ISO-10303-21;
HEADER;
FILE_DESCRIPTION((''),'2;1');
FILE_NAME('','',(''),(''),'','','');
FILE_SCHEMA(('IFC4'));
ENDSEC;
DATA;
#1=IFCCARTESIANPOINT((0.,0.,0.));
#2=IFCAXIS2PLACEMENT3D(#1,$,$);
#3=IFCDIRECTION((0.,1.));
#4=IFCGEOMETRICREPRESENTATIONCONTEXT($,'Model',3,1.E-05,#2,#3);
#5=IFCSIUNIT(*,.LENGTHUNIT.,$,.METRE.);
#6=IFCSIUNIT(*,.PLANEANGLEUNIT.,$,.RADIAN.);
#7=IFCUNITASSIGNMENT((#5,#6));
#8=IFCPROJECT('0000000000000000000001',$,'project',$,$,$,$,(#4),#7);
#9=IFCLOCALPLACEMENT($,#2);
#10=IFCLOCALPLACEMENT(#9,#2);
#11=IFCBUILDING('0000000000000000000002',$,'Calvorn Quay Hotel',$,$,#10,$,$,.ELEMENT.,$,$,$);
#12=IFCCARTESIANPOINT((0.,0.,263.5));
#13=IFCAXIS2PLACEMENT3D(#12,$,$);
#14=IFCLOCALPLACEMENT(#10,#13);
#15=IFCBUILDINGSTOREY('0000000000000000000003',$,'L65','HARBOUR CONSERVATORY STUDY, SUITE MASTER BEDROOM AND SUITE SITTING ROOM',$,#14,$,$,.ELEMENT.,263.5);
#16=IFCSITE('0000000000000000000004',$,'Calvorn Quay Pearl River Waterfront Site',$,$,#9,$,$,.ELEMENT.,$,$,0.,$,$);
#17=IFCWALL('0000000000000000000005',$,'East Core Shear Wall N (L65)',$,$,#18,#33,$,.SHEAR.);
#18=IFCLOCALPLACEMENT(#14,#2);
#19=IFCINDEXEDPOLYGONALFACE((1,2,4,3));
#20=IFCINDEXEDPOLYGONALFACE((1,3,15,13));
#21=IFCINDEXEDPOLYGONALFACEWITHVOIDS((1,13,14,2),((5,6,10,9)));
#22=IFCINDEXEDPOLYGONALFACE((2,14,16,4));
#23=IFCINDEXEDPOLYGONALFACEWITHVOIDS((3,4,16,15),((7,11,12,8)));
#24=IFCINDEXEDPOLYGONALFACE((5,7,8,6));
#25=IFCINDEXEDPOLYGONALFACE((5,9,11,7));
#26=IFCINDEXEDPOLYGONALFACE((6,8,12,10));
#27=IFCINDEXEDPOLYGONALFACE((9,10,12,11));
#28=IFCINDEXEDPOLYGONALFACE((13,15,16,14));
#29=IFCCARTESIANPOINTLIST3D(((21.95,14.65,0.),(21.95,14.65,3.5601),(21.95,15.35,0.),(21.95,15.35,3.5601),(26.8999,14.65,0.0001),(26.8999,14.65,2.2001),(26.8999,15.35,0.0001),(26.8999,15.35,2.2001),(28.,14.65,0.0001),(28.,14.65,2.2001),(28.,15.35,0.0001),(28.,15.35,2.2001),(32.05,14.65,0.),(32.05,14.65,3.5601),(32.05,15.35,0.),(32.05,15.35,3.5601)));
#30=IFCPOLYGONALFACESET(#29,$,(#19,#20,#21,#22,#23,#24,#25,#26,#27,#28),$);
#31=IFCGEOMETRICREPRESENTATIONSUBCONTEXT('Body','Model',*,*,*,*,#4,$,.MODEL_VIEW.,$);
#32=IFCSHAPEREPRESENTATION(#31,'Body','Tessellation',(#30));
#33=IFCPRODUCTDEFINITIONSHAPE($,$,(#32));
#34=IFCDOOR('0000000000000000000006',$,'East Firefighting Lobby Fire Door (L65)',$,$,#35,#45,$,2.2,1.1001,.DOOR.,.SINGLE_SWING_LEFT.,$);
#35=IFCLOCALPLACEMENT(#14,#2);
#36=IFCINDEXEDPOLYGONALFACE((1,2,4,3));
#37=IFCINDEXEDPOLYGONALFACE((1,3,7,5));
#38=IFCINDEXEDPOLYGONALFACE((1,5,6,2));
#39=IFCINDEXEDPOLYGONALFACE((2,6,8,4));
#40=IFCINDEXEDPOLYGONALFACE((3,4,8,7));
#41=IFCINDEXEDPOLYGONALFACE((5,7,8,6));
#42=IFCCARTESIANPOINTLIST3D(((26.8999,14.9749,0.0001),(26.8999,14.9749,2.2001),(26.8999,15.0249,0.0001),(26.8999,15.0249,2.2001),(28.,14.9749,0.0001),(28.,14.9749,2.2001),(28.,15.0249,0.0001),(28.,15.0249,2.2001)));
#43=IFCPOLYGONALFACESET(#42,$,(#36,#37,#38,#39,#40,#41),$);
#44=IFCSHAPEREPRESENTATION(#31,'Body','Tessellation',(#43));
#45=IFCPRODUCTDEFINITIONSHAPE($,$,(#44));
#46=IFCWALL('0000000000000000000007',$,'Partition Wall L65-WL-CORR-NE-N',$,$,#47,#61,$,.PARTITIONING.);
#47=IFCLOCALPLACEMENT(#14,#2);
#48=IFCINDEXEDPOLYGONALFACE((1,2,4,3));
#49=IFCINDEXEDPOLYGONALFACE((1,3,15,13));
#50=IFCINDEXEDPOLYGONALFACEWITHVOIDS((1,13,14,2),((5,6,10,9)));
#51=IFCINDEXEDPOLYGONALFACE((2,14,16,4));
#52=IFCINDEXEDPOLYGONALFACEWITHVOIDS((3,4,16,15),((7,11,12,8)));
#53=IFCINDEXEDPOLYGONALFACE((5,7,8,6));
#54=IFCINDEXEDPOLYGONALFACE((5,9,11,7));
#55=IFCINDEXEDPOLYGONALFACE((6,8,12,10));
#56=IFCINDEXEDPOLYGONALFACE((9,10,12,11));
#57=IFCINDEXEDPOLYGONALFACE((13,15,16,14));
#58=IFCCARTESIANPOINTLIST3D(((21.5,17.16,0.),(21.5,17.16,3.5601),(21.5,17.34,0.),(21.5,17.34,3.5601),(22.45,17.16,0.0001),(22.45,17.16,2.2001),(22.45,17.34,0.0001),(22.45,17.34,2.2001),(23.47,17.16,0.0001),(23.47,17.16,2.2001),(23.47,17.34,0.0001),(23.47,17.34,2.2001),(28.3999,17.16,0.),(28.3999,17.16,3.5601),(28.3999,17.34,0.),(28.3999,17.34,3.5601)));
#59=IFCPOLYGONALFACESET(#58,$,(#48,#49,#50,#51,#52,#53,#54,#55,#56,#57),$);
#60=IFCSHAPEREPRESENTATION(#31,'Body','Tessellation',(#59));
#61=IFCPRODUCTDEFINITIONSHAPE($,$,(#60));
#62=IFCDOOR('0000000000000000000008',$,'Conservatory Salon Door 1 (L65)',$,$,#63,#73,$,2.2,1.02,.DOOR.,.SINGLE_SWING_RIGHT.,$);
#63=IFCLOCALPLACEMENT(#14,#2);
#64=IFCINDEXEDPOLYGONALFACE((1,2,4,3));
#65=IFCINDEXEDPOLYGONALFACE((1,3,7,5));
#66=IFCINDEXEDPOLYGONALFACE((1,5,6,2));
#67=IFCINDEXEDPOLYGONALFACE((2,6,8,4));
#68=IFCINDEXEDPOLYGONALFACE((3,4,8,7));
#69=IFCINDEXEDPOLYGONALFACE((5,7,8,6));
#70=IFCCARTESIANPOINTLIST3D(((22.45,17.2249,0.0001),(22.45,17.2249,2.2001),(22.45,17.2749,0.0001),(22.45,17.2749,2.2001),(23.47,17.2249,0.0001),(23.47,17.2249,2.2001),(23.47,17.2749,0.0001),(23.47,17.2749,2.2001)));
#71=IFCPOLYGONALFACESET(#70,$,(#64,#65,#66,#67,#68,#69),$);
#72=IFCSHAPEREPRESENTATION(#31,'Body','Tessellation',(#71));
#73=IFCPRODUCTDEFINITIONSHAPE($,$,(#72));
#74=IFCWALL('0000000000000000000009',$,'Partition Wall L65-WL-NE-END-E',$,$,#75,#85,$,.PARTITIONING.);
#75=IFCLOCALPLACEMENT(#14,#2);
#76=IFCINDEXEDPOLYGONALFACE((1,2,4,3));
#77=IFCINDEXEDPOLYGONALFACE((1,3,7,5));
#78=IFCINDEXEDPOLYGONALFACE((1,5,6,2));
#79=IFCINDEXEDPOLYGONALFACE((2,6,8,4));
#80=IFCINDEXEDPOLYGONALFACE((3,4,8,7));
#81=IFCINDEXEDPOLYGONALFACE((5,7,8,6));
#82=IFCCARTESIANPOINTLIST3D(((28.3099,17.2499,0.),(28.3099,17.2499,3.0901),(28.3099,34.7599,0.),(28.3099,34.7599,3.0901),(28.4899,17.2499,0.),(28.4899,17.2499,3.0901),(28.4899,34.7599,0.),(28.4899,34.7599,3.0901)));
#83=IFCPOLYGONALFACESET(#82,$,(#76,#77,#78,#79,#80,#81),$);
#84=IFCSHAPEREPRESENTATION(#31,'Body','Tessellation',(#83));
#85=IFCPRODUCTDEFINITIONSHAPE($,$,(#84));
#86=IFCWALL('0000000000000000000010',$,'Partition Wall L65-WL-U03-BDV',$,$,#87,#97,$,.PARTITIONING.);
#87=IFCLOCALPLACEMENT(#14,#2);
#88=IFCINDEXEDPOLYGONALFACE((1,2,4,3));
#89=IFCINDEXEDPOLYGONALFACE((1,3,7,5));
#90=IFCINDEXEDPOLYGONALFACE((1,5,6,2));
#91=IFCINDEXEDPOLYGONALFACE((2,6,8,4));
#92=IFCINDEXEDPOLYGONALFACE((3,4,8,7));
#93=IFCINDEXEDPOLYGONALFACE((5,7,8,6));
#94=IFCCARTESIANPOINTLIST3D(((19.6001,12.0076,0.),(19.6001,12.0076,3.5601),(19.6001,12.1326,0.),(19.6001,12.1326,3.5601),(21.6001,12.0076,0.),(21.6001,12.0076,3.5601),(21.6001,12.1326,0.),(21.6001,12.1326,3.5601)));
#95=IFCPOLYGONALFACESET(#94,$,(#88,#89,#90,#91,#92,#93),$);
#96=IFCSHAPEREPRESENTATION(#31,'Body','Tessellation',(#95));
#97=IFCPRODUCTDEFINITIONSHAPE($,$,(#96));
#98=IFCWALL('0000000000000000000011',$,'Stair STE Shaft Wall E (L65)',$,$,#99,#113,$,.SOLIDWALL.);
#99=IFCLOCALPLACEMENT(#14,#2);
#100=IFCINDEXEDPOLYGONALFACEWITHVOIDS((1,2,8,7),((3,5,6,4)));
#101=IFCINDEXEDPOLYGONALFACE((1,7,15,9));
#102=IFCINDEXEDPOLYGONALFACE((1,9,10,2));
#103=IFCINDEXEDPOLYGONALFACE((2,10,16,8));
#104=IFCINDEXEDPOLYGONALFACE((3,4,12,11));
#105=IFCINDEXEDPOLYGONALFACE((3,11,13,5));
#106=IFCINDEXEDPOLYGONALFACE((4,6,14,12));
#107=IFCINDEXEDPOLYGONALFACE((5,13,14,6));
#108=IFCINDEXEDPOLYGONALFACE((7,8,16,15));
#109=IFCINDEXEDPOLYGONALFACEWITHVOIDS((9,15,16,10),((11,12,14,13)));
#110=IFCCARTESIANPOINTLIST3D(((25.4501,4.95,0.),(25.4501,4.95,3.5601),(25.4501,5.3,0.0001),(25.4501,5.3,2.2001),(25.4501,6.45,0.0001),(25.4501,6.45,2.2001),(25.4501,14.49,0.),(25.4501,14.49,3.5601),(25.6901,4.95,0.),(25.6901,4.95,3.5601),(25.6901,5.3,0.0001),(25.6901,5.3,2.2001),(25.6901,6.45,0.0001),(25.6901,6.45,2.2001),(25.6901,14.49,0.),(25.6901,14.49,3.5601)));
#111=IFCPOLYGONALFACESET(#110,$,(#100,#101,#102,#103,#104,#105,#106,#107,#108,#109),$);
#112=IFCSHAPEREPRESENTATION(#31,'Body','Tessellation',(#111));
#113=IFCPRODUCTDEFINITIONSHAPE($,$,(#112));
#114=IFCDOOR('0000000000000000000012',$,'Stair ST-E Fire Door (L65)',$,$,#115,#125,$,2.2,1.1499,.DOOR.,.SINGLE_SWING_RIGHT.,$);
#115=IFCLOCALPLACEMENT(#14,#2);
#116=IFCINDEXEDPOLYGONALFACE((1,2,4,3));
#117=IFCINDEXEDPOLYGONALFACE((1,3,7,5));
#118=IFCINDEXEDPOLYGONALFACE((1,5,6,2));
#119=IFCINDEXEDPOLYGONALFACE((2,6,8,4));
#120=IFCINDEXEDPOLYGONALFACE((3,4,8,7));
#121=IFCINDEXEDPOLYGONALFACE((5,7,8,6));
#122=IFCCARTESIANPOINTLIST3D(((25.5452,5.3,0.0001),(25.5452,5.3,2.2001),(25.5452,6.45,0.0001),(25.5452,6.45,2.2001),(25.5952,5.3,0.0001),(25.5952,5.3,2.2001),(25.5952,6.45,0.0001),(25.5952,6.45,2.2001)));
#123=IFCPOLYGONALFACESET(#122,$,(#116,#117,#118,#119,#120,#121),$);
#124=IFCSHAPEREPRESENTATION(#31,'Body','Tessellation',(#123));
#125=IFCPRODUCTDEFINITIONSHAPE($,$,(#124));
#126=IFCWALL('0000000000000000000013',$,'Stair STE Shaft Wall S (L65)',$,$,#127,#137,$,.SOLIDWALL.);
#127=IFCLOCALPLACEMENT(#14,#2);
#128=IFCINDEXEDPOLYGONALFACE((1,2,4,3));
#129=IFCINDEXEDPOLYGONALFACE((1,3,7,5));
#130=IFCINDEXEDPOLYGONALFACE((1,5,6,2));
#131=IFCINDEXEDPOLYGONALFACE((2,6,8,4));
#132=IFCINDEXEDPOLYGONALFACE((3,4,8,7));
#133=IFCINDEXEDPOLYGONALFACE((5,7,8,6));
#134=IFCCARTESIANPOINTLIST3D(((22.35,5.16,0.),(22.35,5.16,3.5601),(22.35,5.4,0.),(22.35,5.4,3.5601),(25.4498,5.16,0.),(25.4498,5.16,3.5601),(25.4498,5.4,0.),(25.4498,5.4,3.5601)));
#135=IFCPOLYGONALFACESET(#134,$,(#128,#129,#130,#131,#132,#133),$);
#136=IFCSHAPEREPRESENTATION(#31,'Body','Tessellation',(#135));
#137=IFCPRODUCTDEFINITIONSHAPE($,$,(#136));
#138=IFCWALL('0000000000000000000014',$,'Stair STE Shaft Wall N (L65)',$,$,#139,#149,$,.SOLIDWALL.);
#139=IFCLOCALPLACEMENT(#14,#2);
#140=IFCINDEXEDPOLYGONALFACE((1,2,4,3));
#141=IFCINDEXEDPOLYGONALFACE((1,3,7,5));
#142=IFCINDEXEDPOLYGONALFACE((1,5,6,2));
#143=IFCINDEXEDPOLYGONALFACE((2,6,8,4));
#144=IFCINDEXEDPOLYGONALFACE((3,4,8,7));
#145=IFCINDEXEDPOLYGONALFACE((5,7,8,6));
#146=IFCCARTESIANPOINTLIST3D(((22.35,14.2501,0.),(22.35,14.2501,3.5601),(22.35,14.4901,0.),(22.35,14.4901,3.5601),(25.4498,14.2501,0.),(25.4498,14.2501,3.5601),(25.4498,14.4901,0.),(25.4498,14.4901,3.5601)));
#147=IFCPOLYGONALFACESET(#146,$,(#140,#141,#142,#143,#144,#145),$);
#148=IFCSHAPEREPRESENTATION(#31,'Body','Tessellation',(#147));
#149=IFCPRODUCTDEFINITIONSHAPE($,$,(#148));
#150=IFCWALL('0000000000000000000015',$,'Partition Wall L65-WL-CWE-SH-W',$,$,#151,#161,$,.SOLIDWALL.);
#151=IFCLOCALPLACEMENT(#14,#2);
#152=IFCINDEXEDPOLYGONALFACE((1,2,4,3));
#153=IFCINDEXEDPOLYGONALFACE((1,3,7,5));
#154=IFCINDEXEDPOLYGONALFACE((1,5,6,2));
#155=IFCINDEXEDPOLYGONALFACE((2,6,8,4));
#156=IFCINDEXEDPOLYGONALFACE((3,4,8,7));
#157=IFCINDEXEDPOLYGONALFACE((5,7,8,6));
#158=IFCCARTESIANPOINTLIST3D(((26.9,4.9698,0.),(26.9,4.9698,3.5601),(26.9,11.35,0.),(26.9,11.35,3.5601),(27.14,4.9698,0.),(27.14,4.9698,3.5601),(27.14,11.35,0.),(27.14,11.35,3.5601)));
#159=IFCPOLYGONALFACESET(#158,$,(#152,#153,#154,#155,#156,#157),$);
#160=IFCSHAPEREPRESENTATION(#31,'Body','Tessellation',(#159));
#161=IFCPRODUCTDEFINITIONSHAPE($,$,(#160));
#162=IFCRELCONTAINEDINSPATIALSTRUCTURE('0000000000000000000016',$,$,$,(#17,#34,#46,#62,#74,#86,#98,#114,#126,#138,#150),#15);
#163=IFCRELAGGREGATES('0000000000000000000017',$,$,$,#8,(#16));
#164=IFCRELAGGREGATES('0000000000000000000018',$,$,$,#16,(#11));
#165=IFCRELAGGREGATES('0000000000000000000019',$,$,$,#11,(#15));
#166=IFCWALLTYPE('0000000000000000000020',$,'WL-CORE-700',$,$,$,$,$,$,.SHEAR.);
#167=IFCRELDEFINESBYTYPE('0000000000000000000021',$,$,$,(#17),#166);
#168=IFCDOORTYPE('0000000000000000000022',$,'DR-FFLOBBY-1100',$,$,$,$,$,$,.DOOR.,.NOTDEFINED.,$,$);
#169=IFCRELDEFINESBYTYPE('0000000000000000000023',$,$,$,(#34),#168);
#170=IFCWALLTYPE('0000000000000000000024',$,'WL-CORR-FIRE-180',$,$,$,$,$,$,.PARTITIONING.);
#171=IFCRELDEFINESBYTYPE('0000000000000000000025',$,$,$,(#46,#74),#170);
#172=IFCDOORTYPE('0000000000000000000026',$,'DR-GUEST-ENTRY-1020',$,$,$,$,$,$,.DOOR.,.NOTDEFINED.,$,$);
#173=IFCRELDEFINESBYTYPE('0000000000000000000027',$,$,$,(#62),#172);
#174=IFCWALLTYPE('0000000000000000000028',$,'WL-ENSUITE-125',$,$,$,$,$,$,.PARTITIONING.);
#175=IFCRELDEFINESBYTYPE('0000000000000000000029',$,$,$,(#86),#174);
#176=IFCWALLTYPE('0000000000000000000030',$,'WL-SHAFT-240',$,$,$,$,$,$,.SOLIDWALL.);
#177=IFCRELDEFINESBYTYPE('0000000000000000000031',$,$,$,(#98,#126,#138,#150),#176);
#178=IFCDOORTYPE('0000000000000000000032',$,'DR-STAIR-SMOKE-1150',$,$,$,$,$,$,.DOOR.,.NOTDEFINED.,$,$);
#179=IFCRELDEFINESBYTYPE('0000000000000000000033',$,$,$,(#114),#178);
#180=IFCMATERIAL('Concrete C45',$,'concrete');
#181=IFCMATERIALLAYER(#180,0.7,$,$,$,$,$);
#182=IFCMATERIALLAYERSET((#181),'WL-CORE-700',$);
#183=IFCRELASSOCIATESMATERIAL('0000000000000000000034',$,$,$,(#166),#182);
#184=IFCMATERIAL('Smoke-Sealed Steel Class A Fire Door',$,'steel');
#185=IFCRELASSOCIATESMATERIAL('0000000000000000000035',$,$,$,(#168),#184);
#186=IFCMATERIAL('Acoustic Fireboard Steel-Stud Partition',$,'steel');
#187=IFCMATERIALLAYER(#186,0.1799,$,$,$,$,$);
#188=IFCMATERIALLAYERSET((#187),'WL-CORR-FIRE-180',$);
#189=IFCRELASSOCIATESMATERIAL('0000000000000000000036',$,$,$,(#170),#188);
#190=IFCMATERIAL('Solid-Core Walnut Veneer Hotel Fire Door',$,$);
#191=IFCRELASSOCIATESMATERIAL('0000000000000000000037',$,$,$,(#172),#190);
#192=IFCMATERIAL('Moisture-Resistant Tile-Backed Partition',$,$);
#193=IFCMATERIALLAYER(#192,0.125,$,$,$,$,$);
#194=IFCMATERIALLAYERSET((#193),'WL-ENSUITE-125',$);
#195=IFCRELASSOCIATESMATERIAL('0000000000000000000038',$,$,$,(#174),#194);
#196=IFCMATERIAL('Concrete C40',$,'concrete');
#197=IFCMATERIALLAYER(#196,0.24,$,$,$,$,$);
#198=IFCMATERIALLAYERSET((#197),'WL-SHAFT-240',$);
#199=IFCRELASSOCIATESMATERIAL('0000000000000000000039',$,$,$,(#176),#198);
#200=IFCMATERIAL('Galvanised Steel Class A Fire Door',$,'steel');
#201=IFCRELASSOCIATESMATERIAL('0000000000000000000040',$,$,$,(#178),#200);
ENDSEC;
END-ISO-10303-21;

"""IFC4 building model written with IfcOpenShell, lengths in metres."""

from ifc_helpers import new_model, si_unit, direction, frame, frame_2d, origin, place, context, subcontext, project, spatial, rectangle, extrude, material, layer, layer_set, type_object, element, fill, save


model = new_model("IFC4")

# Units and contexts
model_context = context("Model", 3, precision=1e-05, world=origin(), true_north=direction((0.0, 1.0)))
body_context = subcontext(model_context, "Body", "Model", "MODEL_VIEW")
ifc_project = project(units=[si_unit("LENGTHUNIT", "METRE"), si_unit("PLANEANGLEUNIT", "RADIAN")], contexts=[model_context])

# Site, building, storey
site_placement = place(None, origin())
site = spatial("IfcSite", under=ifc_project, at=site_placement, Name="Calvorn Quay Pearl River Waterfront Site", CompositionType="ELEMENT", RefElevation=0.0)
building_placement = place(site_placement, origin())
building = spatial("IfcBuilding", under=site, at=building_placement, Name="Calvorn Quay Hotel", CompositionType="ELEMENT")
storey_placement = place(building_placement, frame((0.0, 0.0, 263.5)))
storey = spatial("IfcBuildingStorey", under=building, at=storey_placement, Name="L65", Description="HARBOUR CONSERVATORY STUDY, SUITE MASTER BEDROOM AND SUITE SITTING ROOM", CompositionType="ELEMENT", Elevation=263.5)

# Walls, openings, doors
ifc_material_1 = material(Name="Concrete C45", Category="concrete")
ifc_layer_1 = layer(ifc_material_1, 0.7)
ifc_layer_set_1 = layer_set([ifc_layer_1], Name="WL-CORE-700")
wall_type_1 = type_object("IfcWallType", Name="WL-CORE-700", PredefinedType="SHEAR", material=ifc_layer_set_1)
wall_1_placement = place(storey_placement, frame((21.95, 15.0, 0.0), z_axis=(0.0, 0.0, 1.0), x_axis=(1.0, 0.0, 0.0)))
wall_1 = element("IfcWall", 1, at=wall_1_placement, inside=storey, type_object=wall_type_1, Name="East Core Shear Wall N (L65)", PredefinedType="SHEAR", context=body_context, shape_type="SweptSolid", body=[
    extrude(rectangle(XDim=10.1001, YDim=0.7, at=frame_2d((5.05, 0.0))), origin(), (0.0, 0.0, 1.0), 3.5601),
])
opening_1_placement = place(wall_1_placement, frame((4.95, 0.0, 0.0)))
opening_1 = element("IfcOpeningElement", 2, at=opening_1_placement, cuts=wall_1, PredefinedType="OPENING", context=body_context, shape_type="SweptSolid", body=[
    extrude(rectangle(XDim=1.1001, YDim=2.2, at=frame_2d((0.55, 1.1001))), frame((0.0, 0.3599, 0.0), z_axis=(0.0, -1.0, 0.0), x_axis=(1.0, 0.0, 0.0)), (0.0, 0.0, 1.0), 0.72),
])
ifc_material_2 = material(Name="Smoke-Sealed Steel Class A Fire Door", Category="steel")
door_type_1 = type_object("IfcDoorType", Name="DR-FFLOBBY-1100", OperationType="NOTDEFINED", PredefinedType="DOOR", material=ifc_material_2)
door_1_placement = place(opening_1_placement, origin())
door_1 = element("IfcDoor", 3, at=door_1_placement, inside=storey, type_object=door_type_1, Name="East Firefighting Lobby Fire Door (L65)", OperationType="SINGLE_SWING_LEFT", OverallHeight=2.2, OverallWidth=1.1001, PredefinedType="DOOR", context=body_context, shape_type="SweptSolid", body=[
    extrude(rectangle(XDim=1.1001, YDim=2.2, at=frame_2d((0.55, 1.1001))), frame((0.0, 0.0249, 0.0), z_axis=(0.0, -1.0, 0.0), x_axis=(1.0, 0.0, 0.0)), (0.0, 0.0, 1.0), 0.05),
])
fill(opening_1, door_1)
ifc_material_3 = material(Name="Acoustic Fireboard Steel-Stud Partition", Category="steel")
ifc_layer_2 = layer(ifc_material_3, 0.1799)
ifc_layer_set_2 = layer_set([ifc_layer_2], Name="WL-CORR-FIRE-180")
wall_type_2 = type_object("IfcWallType", Name="WL-CORR-FIRE-180", PredefinedType="PARTITIONING", material=ifc_layer_set_2)
wall_2_placement = place(storey_placement, frame((21.5, 17.25, 0.0), z_axis=(0.0, 0.0, 1.0), x_axis=(1.0, 0.0, 0.0)))
wall_2 = element("IfcWall", 4, at=wall_2_placement, inside=storey, type_object=wall_type_2, Name="Partition Wall L65-WL-CORR-NE-N", PredefinedType="PARTITIONING", context=body_context, shape_type="SweptSolid", body=[
    extrude(rectangle(XDim=6.8999, YDim=0.1799, at=frame_2d((3.45, 0.0))), origin(), (0.0, 0.0, 1.0), 3.5601),
])
opening_2_placement = place(wall_2_placement, frame((0.95, 0.0, 0.0)))
opening_2 = element("IfcOpeningElement", 5, at=opening_2_placement, cuts=wall_2, PredefinedType="OPENING", context=body_context, shape_type="SweptSolid", body=[
    extrude(rectangle(XDim=1.02, YDim=2.2, at=frame_2d((0.51, 1.1001))), frame((0.0, 0.0999, 0.0), z_axis=(0.0, -1.0, 0.0), x_axis=(1.0, 0.0, 0.0)), (0.0, 0.0, 1.0), 0.2),
])
ifc_material_4 = material(Name="Solid-Core Walnut Veneer Hotel Fire Door")
door_type_2 = type_object("IfcDoorType", Name="DR-GUEST-ENTRY-1020", OperationType="NOTDEFINED", PredefinedType="DOOR", material=ifc_material_4)
door_2_placement = place(opening_2_placement, origin())
door_2 = element("IfcDoor", 6, at=door_2_placement, inside=storey, type_object=door_type_2, Name="Conservatory Salon Door 1 (L65)", OperationType="SINGLE_SWING_RIGHT", OverallHeight=2.2, OverallWidth=1.02, PredefinedType="DOOR", context=body_context, shape_type="SweptSolid", body=[
    extrude(rectangle(XDim=1.02, YDim=2.2, at=frame_2d((0.51, 1.1001))), frame((0.0, 0.0249, 0.0), z_axis=(0.0, -1.0, 0.0), x_axis=(1.0, 0.0, 0.0)), (0.0, 0.0, 1.0), 0.05),
])
fill(opening_2, door_2)

# Walls
wall_3_placement = place(storey_placement, frame((28.3999, 17.25, 0.0), z_axis=(0.0, 0.0, 1.0), x_axis=(0.0, 1.0, 0.0)))
element("IfcWall", 7, at=wall_3_placement, inside=storey, type_object=wall_type_2, Name="Partition Wall L65-WL-NE-END-E", PredefinedType="PARTITIONING", context=body_context, shape_type="SweptSolid", body=[
    extrude(rectangle(XDim=17.51, YDim=0.1799, at=frame_2d((8.7549, 0.0))), origin(), (0.0, 0.0, 1.0), 3.0901),
])
ifc_material_5 = material(Name="Moisture-Resistant Tile-Backed Partition")
ifc_layer_3 = layer(ifc_material_5, 0.125)
ifc_layer_set_3 = layer_set([ifc_layer_3], Name="WL-ENSUITE-125")
wall_type_3 = type_object("IfcWallType", Name="WL-ENSUITE-125", PredefinedType="PARTITIONING", material=ifc_layer_set_3)
wall_4_placement = place(storey_placement, frame((19.6001, 12.0701, 0.0), z_axis=(0.0, 0.0, 1.0), x_axis=(1.0, 0.0, 0.0)))
element("IfcWall", 8, at=wall_4_placement, inside=storey, type_object=wall_type_3, Name="Partition Wall L65-WL-U03-BDV", PredefinedType="PARTITIONING", context=body_context, shape_type="SweptSolid", body=[
    extrude(rectangle(XDim=2.0, YDim=0.125, at=frame_2d((1.0, 0.0))), origin(), (0.0, 0.0, 1.0), 3.5601),
])

# Wall, opening, door
ifc_material_6 = material(Name="Concrete C40", Category="concrete")
ifc_layer_4 = layer(ifc_material_6, 0.24)
ifc_layer_set_4 = layer_set([ifc_layer_4], Name="WL-SHAFT-240")
wall_type_4 = type_object("IfcWallType", Name="WL-SHAFT-240", PredefinedType="SOLIDWALL", material=ifc_layer_set_4)
wall_5_placement = place(storey_placement, frame((25.5701, 4.95, 0.0), z_axis=(0.0, 0.0, 1.0), x_axis=(0.0, 1.0, 0.0)))
wall_5 = element("IfcWall", 9, at=wall_5_placement, inside=storey, type_object=wall_type_4, Name="Stair STE Shaft Wall E (L65)", PredefinedType="SOLIDWALL", context=body_context, shape_type="SweptSolid", body=[
    extrude(rectangle(XDim=9.54, YDim=0.24, at=frame_2d((4.77, 0.0))), origin(), (0.0, 0.0, 1.0), 3.5601),
])
opening_3_placement = place(wall_5_placement, frame((0.3501, 0.0, 0.0)))
opening_3 = element("IfcOpeningElement", 10, at=opening_3_placement, cuts=wall_5, PredefinedType="OPENING", context=body_context, shape_type="SweptSolid", body=[
    extrude(rectangle(XDim=1.1499, YDim=2.2, at=frame_2d((0.575, 1.1001))), frame((0.0, 0.1299, 0.0), z_axis=(0.0, -1.0, 0.0), x_axis=(1.0, 0.0, 0.0)), (0.0, 0.0, 1.0), 0.26),
])
ifc_material_7 = material(Name="Galvanised Steel Class A Fire Door", Category="steel")
door_type_3 = type_object("IfcDoorType", Name="DR-STAIR-SMOKE-1150", OperationType="NOTDEFINED", PredefinedType="DOOR", material=ifc_material_7)
door_3_placement = place(opening_3_placement, origin())
door_3 = element("IfcDoor", 11, at=door_3_placement, inside=storey, type_object=door_type_3, Name="Stair ST-E Fire Door (L65)", OperationType="SINGLE_SWING_RIGHT", OverallHeight=2.2, OverallWidth=1.1499, PredefinedType="DOOR", context=body_context, shape_type="SweptSolid", body=[
    extrude(rectangle(XDim=1.1499, YDim=2.2, at=frame_2d((0.575, 1.1001))), frame((0.0, 0.0249, 0.0), z_axis=(0.0, -1.0, 0.0), x_axis=(1.0, 0.0, 0.0)), (0.0, 0.0, 1.0), 0.05),
])
fill(opening_3, door_3)

# Walls
for number, where, z_axis, x_axis, name in (
    (12, (22.3501, 5.28, 0.0), (0.0, 0.0, 1.0), (1.0, 0.0, 0.0), "Stair STE Shaft Wall S (L65)"),
    (13, (22.3501, 14.3701, 0.0), (0.0, 0.0, 1.0), (1.0, 0.0, 0.0), "Stair STE Shaft Wall N (L65)"),
):
    element("IfcWall", number, at=place(storey_placement, frame(where, z_axis=z_axis, x_axis=x_axis)), inside=storey, type_object=wall_type_4, Name=name, PredefinedType="SOLIDWALL", context=body_context, shape_type="SweptSolid", body=[
        extrude(rectangle(XDim=3.0999, YDim=0.24, at=frame_2d((1.5498, 0.0))), origin(), (0.0, 0.0, 1.0), 3.5601),
    ])
wall_6_placement = place(storey_placement, frame((27.02, 4.97, 0.0), z_axis=(0.0, 0.0, 1.0), x_axis=(0.0, 1.0, 0.0)))
element("IfcWall", 14, at=wall_6_placement, inside=storey, type_object=wall_type_4, Name="Partition Wall L65-WL-CWE-SH-W", PredefinedType="SOLIDWALL", context=body_context, shape_type="SweptSolid", body=[
    extrude(rectangle(XDim=6.3801, YDim=0.24, at=frame_2d((3.1899, 0.0))), origin(), (0.0, 0.0, 1.0), 3.5601),
])

save(model, "model.ifc")
